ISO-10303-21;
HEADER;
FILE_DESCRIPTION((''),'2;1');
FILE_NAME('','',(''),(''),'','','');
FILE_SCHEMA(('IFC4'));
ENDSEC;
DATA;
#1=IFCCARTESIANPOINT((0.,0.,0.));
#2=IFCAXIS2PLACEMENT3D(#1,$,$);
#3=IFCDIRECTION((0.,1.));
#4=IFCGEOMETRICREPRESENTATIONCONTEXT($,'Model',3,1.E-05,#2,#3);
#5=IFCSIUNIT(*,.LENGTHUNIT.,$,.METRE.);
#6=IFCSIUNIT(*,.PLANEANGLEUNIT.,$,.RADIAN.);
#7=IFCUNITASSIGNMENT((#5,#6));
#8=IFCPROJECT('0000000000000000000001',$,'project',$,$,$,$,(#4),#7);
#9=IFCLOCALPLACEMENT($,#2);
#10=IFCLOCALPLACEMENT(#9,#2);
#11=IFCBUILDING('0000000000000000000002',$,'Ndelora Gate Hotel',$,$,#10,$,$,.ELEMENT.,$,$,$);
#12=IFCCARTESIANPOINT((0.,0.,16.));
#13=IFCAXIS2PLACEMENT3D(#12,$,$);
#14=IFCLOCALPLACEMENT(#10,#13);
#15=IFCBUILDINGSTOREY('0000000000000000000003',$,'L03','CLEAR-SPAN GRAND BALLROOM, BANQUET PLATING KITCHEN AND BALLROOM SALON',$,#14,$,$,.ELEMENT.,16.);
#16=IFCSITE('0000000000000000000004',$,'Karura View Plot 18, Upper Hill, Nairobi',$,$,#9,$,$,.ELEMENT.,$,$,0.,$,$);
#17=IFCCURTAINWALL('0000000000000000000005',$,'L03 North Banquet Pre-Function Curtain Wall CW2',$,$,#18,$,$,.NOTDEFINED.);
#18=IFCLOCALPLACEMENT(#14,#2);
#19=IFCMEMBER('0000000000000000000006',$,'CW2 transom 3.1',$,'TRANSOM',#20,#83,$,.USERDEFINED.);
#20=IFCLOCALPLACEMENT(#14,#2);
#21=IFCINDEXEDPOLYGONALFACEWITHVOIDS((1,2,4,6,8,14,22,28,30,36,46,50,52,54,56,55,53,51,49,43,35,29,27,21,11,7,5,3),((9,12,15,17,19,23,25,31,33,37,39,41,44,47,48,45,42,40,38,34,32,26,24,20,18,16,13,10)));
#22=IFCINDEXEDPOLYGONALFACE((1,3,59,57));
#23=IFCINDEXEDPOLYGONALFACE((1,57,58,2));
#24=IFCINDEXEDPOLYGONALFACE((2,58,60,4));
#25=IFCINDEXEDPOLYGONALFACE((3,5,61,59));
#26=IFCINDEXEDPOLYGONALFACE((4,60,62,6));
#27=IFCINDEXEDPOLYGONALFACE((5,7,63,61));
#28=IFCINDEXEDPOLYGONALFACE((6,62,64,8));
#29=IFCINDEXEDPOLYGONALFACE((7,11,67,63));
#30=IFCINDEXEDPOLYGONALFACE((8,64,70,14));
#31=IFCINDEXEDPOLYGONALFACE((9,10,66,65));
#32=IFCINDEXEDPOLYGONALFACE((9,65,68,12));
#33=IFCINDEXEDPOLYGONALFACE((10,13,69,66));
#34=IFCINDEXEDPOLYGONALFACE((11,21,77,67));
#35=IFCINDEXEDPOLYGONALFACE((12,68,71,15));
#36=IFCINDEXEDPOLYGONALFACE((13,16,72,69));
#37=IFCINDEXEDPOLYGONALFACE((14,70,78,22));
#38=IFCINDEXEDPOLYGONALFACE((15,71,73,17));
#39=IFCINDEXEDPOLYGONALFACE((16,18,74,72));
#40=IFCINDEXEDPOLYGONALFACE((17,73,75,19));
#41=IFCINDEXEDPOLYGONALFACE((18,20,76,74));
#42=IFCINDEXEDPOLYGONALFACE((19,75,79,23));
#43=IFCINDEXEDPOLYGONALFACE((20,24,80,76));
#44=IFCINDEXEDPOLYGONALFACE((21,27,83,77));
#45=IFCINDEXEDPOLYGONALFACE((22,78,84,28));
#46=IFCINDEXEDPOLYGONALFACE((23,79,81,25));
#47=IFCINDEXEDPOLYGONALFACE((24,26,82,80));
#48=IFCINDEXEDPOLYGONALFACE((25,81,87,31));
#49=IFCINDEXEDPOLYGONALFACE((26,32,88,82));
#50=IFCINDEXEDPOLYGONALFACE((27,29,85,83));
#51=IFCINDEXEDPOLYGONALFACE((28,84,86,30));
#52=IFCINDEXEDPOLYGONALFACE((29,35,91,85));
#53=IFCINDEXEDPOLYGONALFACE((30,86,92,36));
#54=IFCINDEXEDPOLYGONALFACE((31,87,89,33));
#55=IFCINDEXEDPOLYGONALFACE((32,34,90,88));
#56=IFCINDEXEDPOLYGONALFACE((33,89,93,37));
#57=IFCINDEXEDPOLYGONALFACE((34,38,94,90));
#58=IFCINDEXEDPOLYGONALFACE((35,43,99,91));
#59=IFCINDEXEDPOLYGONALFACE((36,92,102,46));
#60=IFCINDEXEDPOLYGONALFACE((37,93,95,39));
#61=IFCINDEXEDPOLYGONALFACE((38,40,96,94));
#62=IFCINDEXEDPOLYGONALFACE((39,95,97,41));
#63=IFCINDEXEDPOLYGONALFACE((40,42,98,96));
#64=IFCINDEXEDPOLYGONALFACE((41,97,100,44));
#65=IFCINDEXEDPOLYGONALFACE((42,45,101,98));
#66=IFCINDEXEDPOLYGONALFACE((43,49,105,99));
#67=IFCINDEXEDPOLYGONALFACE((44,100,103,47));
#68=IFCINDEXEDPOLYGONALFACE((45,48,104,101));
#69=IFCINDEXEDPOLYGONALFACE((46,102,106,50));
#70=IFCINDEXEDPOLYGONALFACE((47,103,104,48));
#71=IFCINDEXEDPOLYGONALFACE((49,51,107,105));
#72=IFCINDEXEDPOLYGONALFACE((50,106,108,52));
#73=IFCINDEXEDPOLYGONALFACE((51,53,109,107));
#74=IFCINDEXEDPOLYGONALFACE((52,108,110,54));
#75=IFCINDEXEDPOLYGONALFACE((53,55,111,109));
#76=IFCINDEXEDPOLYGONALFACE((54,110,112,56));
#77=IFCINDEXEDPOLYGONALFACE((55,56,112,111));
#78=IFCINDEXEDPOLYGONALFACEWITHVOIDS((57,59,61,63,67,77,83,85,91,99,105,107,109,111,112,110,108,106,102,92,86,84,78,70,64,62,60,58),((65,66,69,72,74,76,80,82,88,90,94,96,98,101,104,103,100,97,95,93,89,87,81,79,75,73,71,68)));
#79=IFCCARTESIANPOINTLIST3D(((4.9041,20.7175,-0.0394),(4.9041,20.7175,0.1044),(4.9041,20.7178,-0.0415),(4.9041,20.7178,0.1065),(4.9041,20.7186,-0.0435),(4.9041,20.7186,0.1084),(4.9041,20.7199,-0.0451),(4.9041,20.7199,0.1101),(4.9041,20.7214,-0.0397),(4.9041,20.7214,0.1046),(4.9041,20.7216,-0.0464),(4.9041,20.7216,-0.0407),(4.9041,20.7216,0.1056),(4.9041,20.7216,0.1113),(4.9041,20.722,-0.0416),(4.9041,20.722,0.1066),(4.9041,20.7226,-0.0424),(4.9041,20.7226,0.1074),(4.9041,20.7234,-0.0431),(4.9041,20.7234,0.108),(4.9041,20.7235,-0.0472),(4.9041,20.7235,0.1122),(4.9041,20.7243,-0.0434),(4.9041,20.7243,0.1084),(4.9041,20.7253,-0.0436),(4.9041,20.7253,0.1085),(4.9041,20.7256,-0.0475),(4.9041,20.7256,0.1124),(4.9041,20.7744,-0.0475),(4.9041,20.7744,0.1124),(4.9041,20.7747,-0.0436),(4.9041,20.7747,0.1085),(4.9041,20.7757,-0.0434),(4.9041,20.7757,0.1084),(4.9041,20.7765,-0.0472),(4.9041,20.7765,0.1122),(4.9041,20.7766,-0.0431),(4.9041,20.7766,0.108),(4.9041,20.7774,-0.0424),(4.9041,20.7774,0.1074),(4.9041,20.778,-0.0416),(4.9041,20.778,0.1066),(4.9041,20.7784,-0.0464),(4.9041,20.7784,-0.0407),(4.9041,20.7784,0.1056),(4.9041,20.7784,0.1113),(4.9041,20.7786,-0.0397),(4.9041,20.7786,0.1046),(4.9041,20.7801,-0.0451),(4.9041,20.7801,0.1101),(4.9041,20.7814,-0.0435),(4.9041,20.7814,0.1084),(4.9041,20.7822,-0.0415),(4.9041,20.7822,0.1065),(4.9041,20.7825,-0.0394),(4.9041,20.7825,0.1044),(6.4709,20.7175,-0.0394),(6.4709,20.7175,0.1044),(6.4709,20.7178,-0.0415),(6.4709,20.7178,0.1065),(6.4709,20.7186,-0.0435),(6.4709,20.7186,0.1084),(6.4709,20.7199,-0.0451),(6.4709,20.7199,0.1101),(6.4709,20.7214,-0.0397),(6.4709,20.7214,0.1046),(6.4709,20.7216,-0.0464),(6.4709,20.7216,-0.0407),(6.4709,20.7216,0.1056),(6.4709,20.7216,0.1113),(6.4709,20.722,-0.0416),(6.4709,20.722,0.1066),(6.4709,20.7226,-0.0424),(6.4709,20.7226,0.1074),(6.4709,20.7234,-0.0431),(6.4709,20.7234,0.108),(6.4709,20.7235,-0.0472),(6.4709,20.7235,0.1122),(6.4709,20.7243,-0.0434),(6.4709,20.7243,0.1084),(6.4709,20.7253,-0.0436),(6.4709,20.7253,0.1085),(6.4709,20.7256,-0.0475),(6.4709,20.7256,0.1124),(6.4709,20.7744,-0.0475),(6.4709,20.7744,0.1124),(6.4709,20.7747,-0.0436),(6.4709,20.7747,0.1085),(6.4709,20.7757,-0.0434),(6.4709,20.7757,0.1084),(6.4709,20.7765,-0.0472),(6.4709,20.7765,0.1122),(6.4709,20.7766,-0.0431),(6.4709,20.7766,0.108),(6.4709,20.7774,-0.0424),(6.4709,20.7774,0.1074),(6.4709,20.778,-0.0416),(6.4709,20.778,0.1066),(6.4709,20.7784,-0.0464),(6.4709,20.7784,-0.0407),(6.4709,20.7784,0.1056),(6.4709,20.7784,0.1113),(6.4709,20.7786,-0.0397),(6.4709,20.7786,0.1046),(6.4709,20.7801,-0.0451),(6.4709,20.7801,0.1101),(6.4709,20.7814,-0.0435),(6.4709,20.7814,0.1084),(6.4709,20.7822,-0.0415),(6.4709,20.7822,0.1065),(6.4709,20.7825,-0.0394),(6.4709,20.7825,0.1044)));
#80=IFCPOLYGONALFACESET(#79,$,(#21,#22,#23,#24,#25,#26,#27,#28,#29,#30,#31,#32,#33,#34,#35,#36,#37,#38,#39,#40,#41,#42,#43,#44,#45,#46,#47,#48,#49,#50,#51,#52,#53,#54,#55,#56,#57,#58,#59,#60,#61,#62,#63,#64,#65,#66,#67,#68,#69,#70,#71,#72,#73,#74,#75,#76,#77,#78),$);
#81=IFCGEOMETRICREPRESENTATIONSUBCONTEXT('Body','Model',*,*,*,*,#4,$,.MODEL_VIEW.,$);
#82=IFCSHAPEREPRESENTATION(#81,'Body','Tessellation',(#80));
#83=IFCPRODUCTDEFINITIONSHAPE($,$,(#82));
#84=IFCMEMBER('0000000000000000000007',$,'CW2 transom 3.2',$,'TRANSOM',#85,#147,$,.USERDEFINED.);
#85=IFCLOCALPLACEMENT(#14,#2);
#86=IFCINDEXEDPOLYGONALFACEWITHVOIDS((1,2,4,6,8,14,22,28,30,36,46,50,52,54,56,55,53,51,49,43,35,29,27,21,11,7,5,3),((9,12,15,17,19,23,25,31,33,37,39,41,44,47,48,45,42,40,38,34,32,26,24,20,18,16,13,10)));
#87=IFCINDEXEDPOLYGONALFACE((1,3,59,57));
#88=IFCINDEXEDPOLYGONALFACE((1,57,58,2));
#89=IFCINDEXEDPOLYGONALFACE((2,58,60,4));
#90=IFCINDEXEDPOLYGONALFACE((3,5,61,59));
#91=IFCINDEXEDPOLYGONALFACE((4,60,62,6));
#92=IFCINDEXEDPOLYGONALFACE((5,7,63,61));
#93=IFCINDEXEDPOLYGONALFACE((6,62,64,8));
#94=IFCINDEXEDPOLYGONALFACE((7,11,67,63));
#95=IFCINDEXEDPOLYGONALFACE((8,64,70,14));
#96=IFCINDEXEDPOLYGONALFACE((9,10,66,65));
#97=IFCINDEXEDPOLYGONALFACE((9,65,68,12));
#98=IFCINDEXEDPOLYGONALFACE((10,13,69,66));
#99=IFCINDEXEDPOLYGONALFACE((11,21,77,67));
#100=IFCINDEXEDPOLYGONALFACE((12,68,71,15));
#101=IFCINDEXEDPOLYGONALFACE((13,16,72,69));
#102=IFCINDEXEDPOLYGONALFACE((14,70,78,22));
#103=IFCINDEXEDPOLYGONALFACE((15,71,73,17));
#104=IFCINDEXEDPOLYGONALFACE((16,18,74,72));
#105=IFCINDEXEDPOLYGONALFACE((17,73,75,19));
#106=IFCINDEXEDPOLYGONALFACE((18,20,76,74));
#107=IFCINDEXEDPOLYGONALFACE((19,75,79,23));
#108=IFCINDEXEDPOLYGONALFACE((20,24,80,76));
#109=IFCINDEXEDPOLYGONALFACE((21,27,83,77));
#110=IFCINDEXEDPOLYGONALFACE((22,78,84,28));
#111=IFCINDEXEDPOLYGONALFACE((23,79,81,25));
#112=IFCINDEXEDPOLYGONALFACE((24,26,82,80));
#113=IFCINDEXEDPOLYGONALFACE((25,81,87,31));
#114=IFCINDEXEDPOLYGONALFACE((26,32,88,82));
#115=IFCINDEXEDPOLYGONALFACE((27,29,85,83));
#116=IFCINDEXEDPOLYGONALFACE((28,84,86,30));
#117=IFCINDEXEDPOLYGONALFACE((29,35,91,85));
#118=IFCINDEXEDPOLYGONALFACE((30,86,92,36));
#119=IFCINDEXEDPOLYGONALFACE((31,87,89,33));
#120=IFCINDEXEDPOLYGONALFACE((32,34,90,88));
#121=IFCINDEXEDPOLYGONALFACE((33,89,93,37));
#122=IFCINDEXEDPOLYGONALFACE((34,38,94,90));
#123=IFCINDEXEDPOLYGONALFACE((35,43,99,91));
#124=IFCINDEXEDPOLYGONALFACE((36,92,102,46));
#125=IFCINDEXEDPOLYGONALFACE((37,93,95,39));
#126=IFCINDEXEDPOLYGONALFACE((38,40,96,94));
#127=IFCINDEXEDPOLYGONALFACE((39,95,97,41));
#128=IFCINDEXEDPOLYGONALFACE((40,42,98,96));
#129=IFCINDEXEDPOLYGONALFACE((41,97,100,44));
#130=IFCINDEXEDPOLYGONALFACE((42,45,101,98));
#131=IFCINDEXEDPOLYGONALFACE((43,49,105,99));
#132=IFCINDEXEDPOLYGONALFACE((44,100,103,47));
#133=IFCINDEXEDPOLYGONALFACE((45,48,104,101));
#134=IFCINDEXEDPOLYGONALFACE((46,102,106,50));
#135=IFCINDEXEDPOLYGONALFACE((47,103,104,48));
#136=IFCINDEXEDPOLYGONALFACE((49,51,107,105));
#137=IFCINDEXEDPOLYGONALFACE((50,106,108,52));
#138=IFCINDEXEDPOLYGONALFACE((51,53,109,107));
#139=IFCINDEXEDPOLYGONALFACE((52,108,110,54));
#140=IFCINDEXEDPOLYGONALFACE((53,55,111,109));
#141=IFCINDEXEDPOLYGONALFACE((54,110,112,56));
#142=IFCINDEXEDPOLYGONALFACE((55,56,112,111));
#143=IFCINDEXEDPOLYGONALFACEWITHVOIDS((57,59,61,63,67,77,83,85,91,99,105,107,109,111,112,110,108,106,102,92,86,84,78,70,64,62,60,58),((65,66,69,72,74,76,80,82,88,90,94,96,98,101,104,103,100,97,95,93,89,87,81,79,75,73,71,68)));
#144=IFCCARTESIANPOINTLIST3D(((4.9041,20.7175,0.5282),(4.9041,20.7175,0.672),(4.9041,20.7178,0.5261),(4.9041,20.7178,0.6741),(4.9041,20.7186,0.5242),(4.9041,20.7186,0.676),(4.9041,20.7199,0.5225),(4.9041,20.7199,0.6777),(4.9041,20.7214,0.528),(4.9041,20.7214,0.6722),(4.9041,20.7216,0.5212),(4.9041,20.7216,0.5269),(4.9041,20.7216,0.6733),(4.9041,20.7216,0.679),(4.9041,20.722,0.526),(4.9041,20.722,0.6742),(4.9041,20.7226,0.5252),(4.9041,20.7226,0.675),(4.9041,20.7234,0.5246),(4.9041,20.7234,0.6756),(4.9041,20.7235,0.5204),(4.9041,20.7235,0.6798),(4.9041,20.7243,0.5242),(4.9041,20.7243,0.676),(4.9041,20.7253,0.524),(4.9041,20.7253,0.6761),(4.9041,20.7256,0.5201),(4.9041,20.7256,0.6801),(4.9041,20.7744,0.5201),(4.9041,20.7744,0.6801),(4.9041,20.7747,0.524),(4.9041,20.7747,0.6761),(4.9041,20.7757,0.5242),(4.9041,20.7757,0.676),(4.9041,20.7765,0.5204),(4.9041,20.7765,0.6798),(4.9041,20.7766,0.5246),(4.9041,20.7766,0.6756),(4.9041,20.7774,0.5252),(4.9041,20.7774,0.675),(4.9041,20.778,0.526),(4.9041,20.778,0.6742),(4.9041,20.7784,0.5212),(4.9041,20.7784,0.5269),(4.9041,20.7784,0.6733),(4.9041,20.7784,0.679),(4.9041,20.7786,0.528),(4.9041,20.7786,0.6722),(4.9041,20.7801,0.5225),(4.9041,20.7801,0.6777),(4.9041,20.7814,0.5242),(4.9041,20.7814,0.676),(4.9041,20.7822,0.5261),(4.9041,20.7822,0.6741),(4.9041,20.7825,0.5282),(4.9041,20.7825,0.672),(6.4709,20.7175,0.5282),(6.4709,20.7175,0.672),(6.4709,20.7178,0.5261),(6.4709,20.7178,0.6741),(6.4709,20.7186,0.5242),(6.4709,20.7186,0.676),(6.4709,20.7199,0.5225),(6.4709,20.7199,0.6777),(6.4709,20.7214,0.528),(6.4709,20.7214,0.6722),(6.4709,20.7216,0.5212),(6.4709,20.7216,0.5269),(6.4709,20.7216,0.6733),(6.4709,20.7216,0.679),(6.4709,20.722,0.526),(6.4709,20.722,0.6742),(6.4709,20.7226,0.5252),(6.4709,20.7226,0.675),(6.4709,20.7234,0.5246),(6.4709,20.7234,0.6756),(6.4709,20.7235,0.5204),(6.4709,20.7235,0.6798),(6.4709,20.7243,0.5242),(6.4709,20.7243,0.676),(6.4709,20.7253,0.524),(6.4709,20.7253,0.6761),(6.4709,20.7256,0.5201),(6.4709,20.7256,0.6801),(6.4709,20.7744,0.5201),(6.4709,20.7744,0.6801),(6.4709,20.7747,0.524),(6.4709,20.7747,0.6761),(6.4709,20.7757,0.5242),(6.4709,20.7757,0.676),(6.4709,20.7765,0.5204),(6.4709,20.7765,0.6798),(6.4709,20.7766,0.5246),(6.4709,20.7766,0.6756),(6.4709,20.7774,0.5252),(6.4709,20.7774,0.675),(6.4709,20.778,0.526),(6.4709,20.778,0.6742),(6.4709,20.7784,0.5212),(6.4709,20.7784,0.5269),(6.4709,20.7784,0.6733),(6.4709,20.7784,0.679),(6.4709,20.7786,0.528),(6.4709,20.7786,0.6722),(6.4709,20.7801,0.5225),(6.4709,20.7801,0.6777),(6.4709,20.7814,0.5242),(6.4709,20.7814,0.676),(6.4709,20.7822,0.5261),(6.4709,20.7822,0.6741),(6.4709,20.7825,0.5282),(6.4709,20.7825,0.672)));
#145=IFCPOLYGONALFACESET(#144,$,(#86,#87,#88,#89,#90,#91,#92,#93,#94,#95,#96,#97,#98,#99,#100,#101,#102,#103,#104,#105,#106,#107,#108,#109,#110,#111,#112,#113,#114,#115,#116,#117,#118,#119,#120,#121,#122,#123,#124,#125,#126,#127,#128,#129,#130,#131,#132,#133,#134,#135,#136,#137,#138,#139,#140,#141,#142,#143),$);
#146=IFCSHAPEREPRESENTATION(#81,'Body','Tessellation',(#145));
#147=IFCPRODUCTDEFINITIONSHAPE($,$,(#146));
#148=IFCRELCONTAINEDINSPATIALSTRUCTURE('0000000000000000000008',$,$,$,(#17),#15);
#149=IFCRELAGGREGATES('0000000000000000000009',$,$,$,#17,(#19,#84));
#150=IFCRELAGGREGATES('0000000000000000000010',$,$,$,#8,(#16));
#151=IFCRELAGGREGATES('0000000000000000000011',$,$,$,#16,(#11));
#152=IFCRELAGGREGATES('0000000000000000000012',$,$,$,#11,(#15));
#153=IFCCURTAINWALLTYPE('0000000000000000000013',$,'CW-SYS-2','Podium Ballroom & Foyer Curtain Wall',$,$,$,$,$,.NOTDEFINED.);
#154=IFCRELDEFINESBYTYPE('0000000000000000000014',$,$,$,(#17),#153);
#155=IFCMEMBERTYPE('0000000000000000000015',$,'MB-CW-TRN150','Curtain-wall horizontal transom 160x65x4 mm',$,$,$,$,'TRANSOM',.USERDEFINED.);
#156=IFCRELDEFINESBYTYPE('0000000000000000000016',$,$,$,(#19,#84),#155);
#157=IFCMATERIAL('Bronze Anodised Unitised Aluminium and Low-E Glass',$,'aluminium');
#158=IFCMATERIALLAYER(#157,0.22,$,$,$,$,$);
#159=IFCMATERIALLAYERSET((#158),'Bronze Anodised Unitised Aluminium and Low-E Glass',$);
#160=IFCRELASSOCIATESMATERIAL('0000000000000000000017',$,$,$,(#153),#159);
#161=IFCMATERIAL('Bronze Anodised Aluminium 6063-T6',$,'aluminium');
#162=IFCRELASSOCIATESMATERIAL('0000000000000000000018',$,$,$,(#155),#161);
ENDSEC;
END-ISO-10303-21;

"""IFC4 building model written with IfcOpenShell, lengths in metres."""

from ifc_helpers import new_model, si_unit, direction, frame, origin, origin_2d, place, context, subcontext, project, spatial, hollow_rectangle, extrude, material, layer, layer_set, material_profile, profile_set, type_object, element, aggregate, save


model = new_model("IFC4")

# Units and contexts
model_context = context("Model", 3, precision=1e-05, world=origin(), true_north=direction((0.0, 1.0)))
body_context = subcontext(model_context, "Body", "Model", "MODEL_VIEW")
ifc_project = project(units=[si_unit("LENGTHUNIT", "METRE"), si_unit("PLANEANGLEUNIT", "RADIAN")], contexts=[model_context])

# Site, building, storey
site_placement = place(None, origin())
site = spatial("IfcSite", under=ifc_project, at=site_placement, Name="Karura View Plot 18, Upper Hill, Nairobi", CompositionType="ELEMENT", RefElevation=0.0)
building_placement = place(site_placement, origin())
building = spatial("IfcBuilding", under=site, at=building_placement, Name="Ndelora Gate Hotel", CompositionType="ELEMENT")
storey_placement = place(building_placement, frame((0.0, 0.0, 16.0)))
storey = spatial("IfcBuildingStorey", under=building, at=storey_placement, Name="L03", Description="CLEAR-SPAN GRAND BALLROOM, BANQUET PLATING KITCHEN AND BALLROOM SALON", CompositionType="ELEMENT", Elevation=16.0)

# Curtain wall, members
ifc_material_1 = material(Name="Bronze Anodised Unitised Aluminium and Low-E Glass", Category="aluminium")
ifc_layer_1 = layer(ifc_material_1, 0.22)
ifc_layer_set_1 = layer_set([ifc_layer_1], Name="Bronze Anodised Unitised Aluminium and Low-E Glass")
curtain_wall_type = type_object("IfcCurtainWallType", Name="CW-SYS-2", Description="Podium Ballroom & Foyer Curtain Wall", PredefinedType="NOTDEFINED", material=ifc_layer_set_1)
curtain_wall_placement = place(storey_placement, origin())
curtain_wall = element("IfcCurtainWall", 1, at=curtain_wall_placement, inside=storey, type_object=curtain_wall_type, Name="L03 North Banquet Pre-Function Curtain Wall CW2", PredefinedType="NOTDEFINED")
ifc_material_2 = material(Name="Bronze Anodised Aluminium 6063-T6", Category="aluminium")
ifc_material_profile_1 = material_profile(ifc_material_2, hollow_rectangle(XDim=0.0649, YDim=0.1599, WallThickness=0.0039, InnerFilletRadius=0.0039, OuterFilletRadius=0.0081, at=origin_2d()), Name="ALU 160x65x4")
ifc_profile_set_1 = profile_set([ifc_material_profile_1], Name="Bronze Anodised Aluminium 6063-T6")
member_type_1 = type_object("IfcMemberType", Name="MB-CW-TRN150", Description="Curtain-wall horizontal transom 160x65x4 mm", ElementType="TRANSOM", PredefinedType="USERDEFINED", material=ifc_profile_set_1)
member_1_placement = place(storey_placement, frame((6.4709, 20.75, 0.0325), z_axis=(-1.0, 0.0, 0.0), x_axis=(0.0, -1.0, 0.0)))
member_1 = element("IfcMember", 2, at=member_1_placement, type_object=member_type_1, Name="CW2 transom 3.1", ObjectType="TRANSOM", PredefinedType="USERDEFINED", context=body_context, shape_type="SweptSolid", body=[
    extrude(hollow_rectangle(XDim=0.0649, YDim=0.1599, WallThickness=0.0039, InnerFilletRadius=0.0039, OuterFilletRadius=0.0081, at=origin_2d()), origin(), (0.0, 0.0, 1.0), 1.5669),
])
member_2_placement = place(storey_placement, frame((6.4709, 20.75, 0.6001), z_axis=(-1.0, 0.0, 0.0), x_axis=(0.0, -1.0, 0.0)))
member_2 = element("IfcMember", 3, at=member_2_placement, type_object=member_type_1, Name="CW2 transom 3.2", ObjectType="TRANSOM", PredefinedType="USERDEFINED", context=body_context, shape_type="SweptSolid", body=[
    extrude(hollow_rectangle(XDim=0.0649, YDim=0.1599, WallThickness=0.0039, InnerFilletRadius=0.0039, OuterFilletRadius=0.0081, at=origin_2d()), origin(), (0.0, 0.0, 1.0), 1.5669),
])
aggregate(curtain_wall, [member_1, member_2])

save(model, "model.ifc")
